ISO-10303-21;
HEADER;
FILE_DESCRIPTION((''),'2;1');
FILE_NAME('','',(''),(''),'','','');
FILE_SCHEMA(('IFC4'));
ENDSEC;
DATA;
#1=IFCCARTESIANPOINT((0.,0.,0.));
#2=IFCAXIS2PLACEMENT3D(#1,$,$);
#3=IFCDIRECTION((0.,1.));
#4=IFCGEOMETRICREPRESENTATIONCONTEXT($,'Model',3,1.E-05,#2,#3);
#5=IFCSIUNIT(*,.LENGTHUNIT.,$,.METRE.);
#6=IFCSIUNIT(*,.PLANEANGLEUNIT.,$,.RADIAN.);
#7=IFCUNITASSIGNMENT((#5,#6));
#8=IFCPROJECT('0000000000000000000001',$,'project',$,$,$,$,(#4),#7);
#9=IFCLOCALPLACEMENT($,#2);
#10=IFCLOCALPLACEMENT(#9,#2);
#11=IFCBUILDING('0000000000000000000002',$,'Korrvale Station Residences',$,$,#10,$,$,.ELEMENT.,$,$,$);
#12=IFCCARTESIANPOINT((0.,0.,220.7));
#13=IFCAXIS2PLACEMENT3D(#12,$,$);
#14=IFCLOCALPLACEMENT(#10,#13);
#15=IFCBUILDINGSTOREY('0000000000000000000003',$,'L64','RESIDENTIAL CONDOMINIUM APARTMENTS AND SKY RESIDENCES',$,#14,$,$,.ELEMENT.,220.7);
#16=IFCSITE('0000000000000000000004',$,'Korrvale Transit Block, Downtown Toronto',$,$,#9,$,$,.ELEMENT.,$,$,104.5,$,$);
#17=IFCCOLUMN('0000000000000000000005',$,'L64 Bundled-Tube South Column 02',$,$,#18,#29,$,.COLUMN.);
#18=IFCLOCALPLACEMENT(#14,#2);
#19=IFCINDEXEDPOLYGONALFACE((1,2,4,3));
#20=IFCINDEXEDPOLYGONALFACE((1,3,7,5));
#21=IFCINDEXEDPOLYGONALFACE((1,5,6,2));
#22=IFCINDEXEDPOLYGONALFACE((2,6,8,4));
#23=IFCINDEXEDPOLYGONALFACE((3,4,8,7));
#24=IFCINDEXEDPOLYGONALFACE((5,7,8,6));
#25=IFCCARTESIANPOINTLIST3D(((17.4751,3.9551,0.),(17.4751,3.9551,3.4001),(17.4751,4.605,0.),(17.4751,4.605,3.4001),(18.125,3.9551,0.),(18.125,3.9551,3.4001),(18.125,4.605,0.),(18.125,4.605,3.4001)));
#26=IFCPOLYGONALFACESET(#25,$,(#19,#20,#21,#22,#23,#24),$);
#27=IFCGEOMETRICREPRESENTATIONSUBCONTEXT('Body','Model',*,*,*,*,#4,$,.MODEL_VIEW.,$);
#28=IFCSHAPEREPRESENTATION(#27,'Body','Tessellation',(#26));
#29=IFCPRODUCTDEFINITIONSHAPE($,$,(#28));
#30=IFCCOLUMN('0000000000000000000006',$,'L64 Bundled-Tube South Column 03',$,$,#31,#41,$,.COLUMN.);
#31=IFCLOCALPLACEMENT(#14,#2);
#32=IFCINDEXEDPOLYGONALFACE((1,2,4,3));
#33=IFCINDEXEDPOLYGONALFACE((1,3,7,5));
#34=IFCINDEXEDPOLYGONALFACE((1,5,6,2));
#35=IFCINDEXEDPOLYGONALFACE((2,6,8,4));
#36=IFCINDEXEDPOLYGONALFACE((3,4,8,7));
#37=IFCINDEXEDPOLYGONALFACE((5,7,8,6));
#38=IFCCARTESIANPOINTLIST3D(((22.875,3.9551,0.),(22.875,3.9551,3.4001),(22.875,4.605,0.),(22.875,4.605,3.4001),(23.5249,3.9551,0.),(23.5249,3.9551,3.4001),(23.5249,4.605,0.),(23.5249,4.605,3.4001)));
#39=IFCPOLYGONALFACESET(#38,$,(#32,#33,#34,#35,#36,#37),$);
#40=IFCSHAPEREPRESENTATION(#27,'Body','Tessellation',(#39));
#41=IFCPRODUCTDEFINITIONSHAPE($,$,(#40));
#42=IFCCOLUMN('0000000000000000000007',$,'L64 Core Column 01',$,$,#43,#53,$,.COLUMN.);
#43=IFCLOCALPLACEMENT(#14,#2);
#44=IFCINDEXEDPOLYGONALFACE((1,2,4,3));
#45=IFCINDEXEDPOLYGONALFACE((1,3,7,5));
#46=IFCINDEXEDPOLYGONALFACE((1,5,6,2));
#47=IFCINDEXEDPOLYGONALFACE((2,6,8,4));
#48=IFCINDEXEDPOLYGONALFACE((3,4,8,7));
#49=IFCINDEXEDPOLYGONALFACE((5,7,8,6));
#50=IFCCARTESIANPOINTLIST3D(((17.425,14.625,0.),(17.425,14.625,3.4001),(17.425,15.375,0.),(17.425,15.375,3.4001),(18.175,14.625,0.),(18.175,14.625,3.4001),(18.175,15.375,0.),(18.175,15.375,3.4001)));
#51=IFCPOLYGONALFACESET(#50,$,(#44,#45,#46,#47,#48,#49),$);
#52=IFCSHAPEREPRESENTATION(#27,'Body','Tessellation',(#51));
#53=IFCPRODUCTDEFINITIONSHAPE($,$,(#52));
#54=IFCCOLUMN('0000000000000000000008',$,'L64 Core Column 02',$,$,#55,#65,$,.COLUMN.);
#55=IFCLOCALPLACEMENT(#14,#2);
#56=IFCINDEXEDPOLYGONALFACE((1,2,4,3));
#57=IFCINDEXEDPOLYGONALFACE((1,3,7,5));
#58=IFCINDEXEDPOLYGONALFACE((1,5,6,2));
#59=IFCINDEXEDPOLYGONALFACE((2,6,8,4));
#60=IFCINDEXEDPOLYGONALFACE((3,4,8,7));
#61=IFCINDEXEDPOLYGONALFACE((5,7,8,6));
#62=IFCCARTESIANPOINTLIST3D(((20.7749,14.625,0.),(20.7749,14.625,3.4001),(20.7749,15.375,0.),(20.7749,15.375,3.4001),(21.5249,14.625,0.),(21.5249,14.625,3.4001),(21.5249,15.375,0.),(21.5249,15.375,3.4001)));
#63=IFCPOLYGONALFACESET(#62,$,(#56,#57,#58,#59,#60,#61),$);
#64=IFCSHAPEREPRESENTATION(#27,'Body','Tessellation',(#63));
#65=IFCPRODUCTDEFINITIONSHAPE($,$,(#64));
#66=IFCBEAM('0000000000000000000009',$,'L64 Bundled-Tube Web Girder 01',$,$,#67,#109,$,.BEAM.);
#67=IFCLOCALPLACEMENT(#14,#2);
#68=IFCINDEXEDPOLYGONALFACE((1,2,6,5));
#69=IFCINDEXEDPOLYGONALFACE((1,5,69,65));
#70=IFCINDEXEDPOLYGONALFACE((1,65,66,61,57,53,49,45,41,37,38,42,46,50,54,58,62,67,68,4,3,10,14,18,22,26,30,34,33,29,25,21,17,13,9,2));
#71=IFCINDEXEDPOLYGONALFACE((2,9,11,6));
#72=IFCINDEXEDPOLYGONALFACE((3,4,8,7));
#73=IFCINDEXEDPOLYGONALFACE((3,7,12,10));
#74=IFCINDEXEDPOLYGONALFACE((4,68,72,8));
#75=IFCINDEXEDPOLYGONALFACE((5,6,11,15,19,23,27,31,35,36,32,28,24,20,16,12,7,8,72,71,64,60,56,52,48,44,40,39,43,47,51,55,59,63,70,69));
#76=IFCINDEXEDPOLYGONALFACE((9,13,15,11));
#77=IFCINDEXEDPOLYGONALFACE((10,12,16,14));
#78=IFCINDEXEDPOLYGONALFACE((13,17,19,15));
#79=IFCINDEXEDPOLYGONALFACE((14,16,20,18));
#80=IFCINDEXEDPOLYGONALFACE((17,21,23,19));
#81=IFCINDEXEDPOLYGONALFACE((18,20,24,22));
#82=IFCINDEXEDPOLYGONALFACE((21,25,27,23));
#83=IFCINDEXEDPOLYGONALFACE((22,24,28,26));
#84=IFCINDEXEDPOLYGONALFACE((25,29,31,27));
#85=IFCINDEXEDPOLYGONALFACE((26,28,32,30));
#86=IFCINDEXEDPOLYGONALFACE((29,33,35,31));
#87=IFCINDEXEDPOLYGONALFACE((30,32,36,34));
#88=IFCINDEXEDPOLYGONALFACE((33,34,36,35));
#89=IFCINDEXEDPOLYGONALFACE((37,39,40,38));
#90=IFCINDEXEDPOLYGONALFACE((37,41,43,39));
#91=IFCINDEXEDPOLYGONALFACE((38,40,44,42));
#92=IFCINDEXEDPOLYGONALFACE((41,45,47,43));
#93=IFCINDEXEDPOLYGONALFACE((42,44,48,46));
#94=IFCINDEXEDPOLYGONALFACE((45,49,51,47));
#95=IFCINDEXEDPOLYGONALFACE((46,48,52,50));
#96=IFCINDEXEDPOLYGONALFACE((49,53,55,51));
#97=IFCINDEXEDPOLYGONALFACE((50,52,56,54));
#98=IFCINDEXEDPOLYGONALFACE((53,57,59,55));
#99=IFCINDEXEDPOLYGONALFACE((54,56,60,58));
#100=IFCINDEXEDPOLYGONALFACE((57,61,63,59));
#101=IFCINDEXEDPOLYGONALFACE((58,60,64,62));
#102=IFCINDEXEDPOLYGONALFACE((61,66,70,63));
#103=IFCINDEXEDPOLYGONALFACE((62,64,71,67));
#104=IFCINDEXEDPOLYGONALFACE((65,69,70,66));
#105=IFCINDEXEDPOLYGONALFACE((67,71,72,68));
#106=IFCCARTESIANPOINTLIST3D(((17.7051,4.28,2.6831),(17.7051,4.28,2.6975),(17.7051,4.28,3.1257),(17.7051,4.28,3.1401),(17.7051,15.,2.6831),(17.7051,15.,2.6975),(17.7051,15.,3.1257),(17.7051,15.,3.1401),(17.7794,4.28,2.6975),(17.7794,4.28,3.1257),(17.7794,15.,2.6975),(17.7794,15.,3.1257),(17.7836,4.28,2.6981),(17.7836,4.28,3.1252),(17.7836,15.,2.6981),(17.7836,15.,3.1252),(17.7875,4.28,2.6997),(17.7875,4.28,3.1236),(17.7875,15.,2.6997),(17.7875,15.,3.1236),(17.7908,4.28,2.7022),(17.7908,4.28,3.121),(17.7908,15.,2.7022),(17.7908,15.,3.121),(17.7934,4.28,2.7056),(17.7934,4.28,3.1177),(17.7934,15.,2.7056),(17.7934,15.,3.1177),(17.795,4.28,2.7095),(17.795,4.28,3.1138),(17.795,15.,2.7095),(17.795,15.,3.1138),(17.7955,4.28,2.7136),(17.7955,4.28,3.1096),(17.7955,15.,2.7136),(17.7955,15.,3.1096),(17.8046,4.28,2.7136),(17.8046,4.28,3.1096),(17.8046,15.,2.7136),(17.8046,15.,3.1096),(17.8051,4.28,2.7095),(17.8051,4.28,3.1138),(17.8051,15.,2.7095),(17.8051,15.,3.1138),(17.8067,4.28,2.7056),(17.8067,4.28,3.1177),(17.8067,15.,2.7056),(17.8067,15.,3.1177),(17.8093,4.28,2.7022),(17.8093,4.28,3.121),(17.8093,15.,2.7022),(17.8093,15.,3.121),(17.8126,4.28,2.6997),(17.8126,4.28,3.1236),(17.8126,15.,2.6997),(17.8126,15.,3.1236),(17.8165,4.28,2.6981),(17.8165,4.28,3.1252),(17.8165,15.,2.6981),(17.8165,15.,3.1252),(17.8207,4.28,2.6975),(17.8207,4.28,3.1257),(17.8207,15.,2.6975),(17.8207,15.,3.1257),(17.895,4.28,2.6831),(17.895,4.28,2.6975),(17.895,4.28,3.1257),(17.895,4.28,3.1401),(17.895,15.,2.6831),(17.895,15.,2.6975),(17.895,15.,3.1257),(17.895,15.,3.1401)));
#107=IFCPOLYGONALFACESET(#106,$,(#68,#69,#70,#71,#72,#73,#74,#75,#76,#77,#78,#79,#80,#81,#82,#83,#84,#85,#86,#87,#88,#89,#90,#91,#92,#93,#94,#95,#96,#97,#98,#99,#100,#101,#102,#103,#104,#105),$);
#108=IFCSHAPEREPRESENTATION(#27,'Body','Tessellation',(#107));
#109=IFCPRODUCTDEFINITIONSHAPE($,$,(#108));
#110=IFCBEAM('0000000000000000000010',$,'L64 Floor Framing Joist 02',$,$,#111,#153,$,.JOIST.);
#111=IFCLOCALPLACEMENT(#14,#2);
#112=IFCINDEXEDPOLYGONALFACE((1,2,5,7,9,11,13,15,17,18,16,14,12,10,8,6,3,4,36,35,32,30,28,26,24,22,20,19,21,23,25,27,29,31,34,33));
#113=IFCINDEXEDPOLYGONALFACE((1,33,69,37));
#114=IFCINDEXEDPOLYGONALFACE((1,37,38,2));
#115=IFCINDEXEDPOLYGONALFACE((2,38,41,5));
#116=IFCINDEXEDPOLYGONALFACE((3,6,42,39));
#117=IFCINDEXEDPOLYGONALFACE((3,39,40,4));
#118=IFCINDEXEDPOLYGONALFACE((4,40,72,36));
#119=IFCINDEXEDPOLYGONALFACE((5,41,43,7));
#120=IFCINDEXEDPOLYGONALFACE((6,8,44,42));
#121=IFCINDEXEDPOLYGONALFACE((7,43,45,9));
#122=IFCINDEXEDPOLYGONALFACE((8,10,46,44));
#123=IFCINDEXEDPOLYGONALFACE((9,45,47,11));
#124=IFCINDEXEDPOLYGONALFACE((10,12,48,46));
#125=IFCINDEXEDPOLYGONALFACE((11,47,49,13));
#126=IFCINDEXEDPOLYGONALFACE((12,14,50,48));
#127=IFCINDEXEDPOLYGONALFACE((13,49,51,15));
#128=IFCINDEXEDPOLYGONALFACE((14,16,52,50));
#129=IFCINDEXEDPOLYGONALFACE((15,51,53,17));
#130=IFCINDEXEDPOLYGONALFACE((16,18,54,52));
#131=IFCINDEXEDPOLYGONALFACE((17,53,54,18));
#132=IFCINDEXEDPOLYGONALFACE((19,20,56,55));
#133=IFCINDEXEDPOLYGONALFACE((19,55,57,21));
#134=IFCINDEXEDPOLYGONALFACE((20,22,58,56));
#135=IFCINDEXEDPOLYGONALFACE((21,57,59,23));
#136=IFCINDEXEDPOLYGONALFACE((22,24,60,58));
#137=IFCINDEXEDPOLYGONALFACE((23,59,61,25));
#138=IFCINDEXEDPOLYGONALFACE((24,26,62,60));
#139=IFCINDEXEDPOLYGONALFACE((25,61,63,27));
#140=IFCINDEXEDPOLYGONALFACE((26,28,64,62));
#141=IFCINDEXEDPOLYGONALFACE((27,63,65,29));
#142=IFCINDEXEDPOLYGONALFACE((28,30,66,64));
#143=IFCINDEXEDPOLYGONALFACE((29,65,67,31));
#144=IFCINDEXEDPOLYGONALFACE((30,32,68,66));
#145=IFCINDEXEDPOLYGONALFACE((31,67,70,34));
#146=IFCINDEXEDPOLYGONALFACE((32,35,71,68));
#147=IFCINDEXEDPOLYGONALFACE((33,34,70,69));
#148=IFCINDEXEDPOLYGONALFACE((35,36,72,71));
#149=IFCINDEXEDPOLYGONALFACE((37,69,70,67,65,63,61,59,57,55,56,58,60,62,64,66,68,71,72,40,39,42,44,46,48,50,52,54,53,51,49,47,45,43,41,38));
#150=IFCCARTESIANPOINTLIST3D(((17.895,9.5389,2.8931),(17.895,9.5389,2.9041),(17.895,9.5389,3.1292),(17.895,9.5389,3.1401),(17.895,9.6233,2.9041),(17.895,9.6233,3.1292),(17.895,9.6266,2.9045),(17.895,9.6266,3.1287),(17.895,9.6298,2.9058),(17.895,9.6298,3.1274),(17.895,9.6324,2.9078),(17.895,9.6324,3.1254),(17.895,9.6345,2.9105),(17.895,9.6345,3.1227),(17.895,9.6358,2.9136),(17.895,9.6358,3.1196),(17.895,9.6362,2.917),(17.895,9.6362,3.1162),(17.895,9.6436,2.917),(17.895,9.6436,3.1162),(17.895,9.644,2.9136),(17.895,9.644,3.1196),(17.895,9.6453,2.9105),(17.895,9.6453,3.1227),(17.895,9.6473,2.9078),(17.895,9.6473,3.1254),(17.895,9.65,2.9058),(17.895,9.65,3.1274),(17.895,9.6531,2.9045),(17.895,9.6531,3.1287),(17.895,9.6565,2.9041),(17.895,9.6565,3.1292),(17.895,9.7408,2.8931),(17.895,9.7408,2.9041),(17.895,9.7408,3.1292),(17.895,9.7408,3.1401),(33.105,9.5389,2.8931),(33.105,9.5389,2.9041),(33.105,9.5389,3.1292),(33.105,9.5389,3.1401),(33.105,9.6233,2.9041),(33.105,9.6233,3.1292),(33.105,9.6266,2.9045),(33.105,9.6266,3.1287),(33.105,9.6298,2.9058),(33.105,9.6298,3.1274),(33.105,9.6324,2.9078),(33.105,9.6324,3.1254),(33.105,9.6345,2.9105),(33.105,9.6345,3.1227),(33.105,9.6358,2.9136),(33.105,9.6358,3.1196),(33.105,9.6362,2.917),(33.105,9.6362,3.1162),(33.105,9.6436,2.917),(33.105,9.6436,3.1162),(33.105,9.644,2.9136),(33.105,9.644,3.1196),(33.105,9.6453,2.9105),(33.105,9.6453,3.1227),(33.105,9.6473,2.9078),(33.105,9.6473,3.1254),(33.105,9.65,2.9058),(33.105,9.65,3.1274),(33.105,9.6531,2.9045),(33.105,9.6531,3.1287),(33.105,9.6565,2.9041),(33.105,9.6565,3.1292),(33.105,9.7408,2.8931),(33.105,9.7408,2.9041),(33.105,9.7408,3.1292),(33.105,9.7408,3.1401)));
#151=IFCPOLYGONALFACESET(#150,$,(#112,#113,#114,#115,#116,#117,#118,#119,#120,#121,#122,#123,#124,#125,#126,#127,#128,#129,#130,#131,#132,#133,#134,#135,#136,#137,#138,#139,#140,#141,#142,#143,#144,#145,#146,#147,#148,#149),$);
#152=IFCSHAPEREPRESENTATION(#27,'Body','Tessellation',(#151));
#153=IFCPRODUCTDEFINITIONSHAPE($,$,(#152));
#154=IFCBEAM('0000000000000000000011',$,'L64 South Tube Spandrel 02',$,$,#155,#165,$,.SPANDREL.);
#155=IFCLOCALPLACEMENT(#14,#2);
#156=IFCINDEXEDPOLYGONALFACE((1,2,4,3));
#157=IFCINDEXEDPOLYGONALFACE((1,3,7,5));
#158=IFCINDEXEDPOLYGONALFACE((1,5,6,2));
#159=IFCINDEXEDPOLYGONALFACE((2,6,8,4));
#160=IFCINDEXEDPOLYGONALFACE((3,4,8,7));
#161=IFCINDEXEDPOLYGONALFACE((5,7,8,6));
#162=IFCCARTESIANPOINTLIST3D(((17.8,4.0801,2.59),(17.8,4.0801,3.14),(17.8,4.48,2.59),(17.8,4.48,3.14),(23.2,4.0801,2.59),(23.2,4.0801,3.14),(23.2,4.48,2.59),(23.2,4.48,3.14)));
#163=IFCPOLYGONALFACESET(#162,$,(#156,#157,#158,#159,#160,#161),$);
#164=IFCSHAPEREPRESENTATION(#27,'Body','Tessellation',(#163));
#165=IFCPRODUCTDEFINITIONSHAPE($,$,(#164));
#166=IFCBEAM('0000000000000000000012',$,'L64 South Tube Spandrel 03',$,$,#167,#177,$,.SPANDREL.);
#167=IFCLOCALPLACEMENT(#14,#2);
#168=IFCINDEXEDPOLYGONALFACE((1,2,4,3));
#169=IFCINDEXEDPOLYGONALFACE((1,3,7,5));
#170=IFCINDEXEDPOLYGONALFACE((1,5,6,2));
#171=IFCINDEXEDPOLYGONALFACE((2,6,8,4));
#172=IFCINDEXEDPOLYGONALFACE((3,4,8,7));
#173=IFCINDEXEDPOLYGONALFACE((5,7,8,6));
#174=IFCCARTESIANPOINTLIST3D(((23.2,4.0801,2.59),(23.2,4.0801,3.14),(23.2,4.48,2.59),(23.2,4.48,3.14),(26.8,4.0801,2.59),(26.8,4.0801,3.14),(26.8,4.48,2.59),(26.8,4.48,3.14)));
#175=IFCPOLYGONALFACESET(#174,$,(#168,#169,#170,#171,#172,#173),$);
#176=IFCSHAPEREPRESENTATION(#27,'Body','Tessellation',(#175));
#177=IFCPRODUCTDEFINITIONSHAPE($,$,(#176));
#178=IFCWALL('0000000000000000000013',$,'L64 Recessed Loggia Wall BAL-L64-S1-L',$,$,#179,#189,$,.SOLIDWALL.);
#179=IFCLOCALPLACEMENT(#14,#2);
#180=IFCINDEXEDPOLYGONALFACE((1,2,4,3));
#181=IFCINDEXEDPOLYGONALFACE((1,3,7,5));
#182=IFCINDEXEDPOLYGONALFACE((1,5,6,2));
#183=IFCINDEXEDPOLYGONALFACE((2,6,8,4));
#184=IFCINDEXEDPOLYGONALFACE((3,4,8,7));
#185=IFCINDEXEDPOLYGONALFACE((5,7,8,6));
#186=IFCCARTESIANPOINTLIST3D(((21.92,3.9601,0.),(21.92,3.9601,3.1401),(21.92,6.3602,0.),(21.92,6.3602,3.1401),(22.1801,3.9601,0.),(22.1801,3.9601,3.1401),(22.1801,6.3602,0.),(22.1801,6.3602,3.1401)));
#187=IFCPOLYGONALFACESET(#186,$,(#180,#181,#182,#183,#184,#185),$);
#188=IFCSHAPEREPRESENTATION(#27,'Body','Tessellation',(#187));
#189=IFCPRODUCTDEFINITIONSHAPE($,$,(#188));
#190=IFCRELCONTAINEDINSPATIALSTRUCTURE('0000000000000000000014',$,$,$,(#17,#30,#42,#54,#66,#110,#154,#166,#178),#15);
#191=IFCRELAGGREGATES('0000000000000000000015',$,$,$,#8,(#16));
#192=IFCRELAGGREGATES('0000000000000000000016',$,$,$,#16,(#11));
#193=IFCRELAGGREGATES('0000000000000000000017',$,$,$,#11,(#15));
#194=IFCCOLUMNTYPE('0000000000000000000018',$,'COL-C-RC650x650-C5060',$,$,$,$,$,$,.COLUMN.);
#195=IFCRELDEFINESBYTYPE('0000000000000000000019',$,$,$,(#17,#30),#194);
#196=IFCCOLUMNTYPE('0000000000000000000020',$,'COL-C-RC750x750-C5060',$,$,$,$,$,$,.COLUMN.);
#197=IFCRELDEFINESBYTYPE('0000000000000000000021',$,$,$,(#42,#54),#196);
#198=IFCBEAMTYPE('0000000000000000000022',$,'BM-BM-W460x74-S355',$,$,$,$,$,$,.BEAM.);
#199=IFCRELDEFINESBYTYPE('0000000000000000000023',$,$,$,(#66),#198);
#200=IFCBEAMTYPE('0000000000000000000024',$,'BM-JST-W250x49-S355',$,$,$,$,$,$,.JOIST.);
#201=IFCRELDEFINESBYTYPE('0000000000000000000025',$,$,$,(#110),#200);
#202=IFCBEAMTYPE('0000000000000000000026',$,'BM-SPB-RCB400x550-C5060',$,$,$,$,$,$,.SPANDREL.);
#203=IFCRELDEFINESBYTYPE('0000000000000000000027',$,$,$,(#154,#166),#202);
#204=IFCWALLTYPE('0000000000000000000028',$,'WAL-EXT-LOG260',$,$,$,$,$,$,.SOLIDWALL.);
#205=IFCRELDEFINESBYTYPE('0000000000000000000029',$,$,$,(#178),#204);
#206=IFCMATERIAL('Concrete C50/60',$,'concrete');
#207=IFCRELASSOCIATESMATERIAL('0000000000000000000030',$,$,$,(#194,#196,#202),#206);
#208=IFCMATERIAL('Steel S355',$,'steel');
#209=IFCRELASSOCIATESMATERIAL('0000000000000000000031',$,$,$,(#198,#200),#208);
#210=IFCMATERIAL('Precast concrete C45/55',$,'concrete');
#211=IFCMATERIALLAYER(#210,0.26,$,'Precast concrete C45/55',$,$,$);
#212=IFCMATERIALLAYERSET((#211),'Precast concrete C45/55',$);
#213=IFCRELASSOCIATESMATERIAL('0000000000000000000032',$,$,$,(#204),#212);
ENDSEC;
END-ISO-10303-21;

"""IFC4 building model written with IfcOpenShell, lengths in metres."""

from ifc_helpers import new_model, si_unit, direction, frame, frame_2d, origin, origin_2d, place, context, subcontext, project, spatial, rectangle, i_section, extrude, material, layer, layer_set, material_profile, profile_set, type_object, element, save


model = new_model("IFC4")

# Units and contexts
model_context = context("Model", 3, precision=1e-05, world=origin(), true_north=direction((0.0, 1.0)))
body_context = subcontext(model_context, "Body", "Model", "MODEL_VIEW")
ifc_project = project(units=[si_unit("LENGTHUNIT", "METRE"), si_unit("PLANEANGLEUNIT", "RADIAN")], contexts=[model_context])

# Site, building, storey
site_placement = place(None, origin())
site = spatial("IfcSite", under=ifc_project, at=site_placement, Name="Korrvale Transit Block, Downtown Toronto", CompositionType="ELEMENT", RefElevation=104.5)
building_placement = place(site_placement, origin())
building = spatial("IfcBuilding", under=site, at=building_placement, Name="Korrvale Station Residences", CompositionType="ELEMENT")
storey_placement = place(building_placement, frame((0.0, 0.0, 220.7)))
storey = spatial("IfcBuildingStorey", under=building, at=storey_placement, Name="L64", Description="RESIDENTIAL CONDOMINIUM APARTMENTS AND SKY RESIDENCES", CompositionType="ELEMENT", Elevation=220.7)

# Columns
ifc_material_1 = material(Name="Concrete C50/60", Category="concrete")
ifc_material_profile_1 = material_profile(ifc_material_1, rectangle(XDim=0.6499, YDim=0.6499, at=origin_2d()), Name="RC650x650")
ifc_profile_set_1 = profile_set([ifc_material_profile_1], Name="Concrete C50/60")
column_type_1 = type_object("IfcColumnType", Name="COL-C-RC650x650-C5060", PredefinedType="COLUMN", material=ifc_profile_set_1)
for number, where, z_axis, x_axis, name in (
    (1, (17.8, 4.28, 0.0), (0.0, 0.0, 1.0), (1.0, 0.0, 0.0), "L64 Bundled-Tube South Column 02"),
    (2, (23.2, 4.28, 0.0), (0.0, 0.0, 1.0), (1.0, 0.0, 0.0), "L64 Bundled-Tube South Column 03"),
):
    element("IfcColumn", number, at=place(storey_placement, frame(where, z_axis=z_axis, x_axis=x_axis)), inside=storey, type_object=column_type_1, Name=name, PredefinedType="COLUMN", context=body_context, shape_type="SweptSolid", body=[
        extrude(rectangle(XDim=0.6499, YDim=0.6499, at=origin_2d()), origin(), (0.0, 0.0, 1.0), 3.4001),
    ])
ifc_material_profile_2 = material_profile(ifc_material_1, rectangle(XDim=0.75, YDim=0.75, at=origin_2d()), Name="RC750x750")
ifc_profile_set_2 = profile_set([ifc_material_profile_2], Name="Concrete C50/60")
column_type_2 = type_object("IfcColumnType", Name="COL-C-RC750x750-C5060", PredefinedType="COLUMN", material=ifc_profile_set_2)
for number, where, z_axis, x_axis, name in (
    (3, (17.8, 15.0, 0.0), (0.0, 0.0, 1.0), (1.0, 0.0, 0.0), "L64 Core Column 01"),
    (4, (21.1499, 15.0, 0.0), (0.0, 0.0, 1.0), (1.0, 0.0, 0.0), "L64 Core Column 02"),
):
    element("IfcColumn", number, at=place(storey_placement, frame(where, z_axis=z_axis, x_axis=x_axis)), inside=storey, type_object=column_type_2, Name=name, PredefinedType="COLUMN", context=body_context, shape_type="SweptSolid", body=[
        extrude(rectangle(XDim=0.75, YDim=0.75, at=origin_2d()), origin(), (0.0, 0.0, 1.0), 3.4001),
    ])

# Beams
ifc_material_2 = material(Name="Steel S355", Category="steel")
ifc_material_profile_3 = material_profile(ifc_material_2, i_section(OverallWidth=0.1899, OverallDepth=0.457, WebThickness=0.009, FlangeThickness=0.0144, FilletRadius=0.0161, at=origin_2d()), Name="W460x74")
ifc_profile_set_3 = profile_set([ifc_material_profile_3], Name="Steel S355")
beam_type_1 = type_object("IfcBeamType", Name="BM-BM-W460x74-S355", PredefinedType="BEAM", material=ifc_profile_set_3)
beam_1_placement = place(storey_placement, frame((17.8, 4.28, 2.9116), z_axis=(0.0, 1.0, 0.0), x_axis=(-1.0, 0.0, 0.0)))
element("IfcBeam", 5, at=beam_1_placement, inside=storey, type_object=beam_type_1, Name="L64 Bundled-Tube Web Girder 01", PredefinedType="BEAM", context=body_context, shape_type="SweptSolid", body=[
    extrude(i_section(OverallWidth=0.1899, OverallDepth=0.457, WebThickness=0.009, FlangeThickness=0.0144, FilletRadius=0.0161, at=origin_2d()), origin(), (0.0, 0.0, 1.0), 10.72),
])
ifc_material_profile_4 = material_profile(ifc_material_2, i_section(OverallWidth=0.2019, OverallDepth=0.2471, WebThickness=0.0073, FlangeThickness=0.011, FilletRadius=0.0129, at=origin_2d()), Name="W250x49")
ifc_profile_set_4 = profile_set([ifc_material_profile_4], Name="Steel S355")
beam_type_2 = type_object("IfcBeamType", Name="BM-JST-W250x49-S355", PredefinedType="JOIST", material=ifc_profile_set_4)
beam_2_placement = place(storey_placement, frame((17.895, 9.6399, 3.0166), z_axis=(1.0, 0.0, 0.0), x_axis=(0.0, 1.0, 0.0)))
element("IfcBeam", 6, at=beam_2_placement, inside=storey, type_object=beam_type_2, Name="L64 Floor Framing Joist 02", PredefinedType="JOIST", context=body_context, shape_type="SweptSolid", body=[
    extrude(i_section(OverallWidth=0.2019, OverallDepth=0.2471, WebThickness=0.0073, FlangeThickness=0.011, FilletRadius=0.0129, at=origin_2d()), origin(), (0.0, 0.0, 1.0), 15.21),
])
ifc_material_profile_5 = material_profile(ifc_material_1, rectangle(XDim=0.3999, YDim=0.55, at=origin_2d()), Name="RCB400x550")
ifc_profile_set_5 = profile_set([ifc_material_profile_5], Name="Concrete C50/60")
beam_type_3 = type_object("IfcBeamType", Name="BM-SPB-RCB400x550-C5060", PredefinedType="SPANDREL", material=ifc_profile_set_5)
beam_3_placement = place(storey_placement, frame((17.8, 4.28, 2.865), z_axis=(1.0, 0.0, 0.0), x_axis=(0.0, 1.0, 0.0)))
element("IfcBeam", 7, at=beam_3_placement, inside=storey, type_object=beam_type_3, Name="L64 South Tube Spandrel 02", PredefinedType="SPANDREL", context=body_context, shape_type="SweptSolid", body=[
    extrude(rectangle(XDim=0.3999, YDim=0.55, at=origin_2d()), origin(), (0.0, 0.0, 1.0), 5.3999),
])
beam_4_placement = place(storey_placement, frame((23.2, 4.28, 2.865), z_axis=(1.0, 0.0, 0.0), x_axis=(0.0, 1.0, 0.0)))
element("IfcBeam", 8, at=beam_4_placement, inside=storey, type_object=beam_type_3, Name="L64 South Tube Spandrel 03", PredefinedType="SPANDREL", context=body_context, shape_type="SweptSolid", body=[
    extrude(rectangle(XDim=0.3999, YDim=0.55, at=origin_2d()), origin(), (0.0, 0.0, 1.0), 3.6001),
])

# Wall
ifc_material_3 = material(Name="Precast concrete C45/55", Category="concrete")
ifc_layer_1 = layer(ifc_material_3, 0.26, Name="Precast concrete C45/55")
ifc_layer_set_1 = layer_set([ifc_layer_1], Name="Precast concrete C45/55")
wall_type_1 = type_object("IfcWallType", Name="WAL-EXT-LOG260", PredefinedType="SOLIDWALL", material=ifc_layer_set_1)
wall_1_placement = place(storey_placement, frame((22.05, 3.96, 0.0), z_axis=(0.0, 0.0, 1.0), x_axis=(0.0, 1.0, 0.0)))
element("IfcWall", 9, at=wall_1_placement, inside=storey, type_object=wall_type_1, Name="L64 Recessed Loggia Wall BAL-L64-S1-L", PredefinedType="SOLIDWALL", context=body_context, shape_type="SweptSolid", body=[
    extrude(rectangle(XDim=2.4001, YDim=0.26, at=frame_2d((1.2002, 0.0))), origin(), (0.0, 0.0, 1.0), 3.1401),
])

save(model, "model.ifc")
